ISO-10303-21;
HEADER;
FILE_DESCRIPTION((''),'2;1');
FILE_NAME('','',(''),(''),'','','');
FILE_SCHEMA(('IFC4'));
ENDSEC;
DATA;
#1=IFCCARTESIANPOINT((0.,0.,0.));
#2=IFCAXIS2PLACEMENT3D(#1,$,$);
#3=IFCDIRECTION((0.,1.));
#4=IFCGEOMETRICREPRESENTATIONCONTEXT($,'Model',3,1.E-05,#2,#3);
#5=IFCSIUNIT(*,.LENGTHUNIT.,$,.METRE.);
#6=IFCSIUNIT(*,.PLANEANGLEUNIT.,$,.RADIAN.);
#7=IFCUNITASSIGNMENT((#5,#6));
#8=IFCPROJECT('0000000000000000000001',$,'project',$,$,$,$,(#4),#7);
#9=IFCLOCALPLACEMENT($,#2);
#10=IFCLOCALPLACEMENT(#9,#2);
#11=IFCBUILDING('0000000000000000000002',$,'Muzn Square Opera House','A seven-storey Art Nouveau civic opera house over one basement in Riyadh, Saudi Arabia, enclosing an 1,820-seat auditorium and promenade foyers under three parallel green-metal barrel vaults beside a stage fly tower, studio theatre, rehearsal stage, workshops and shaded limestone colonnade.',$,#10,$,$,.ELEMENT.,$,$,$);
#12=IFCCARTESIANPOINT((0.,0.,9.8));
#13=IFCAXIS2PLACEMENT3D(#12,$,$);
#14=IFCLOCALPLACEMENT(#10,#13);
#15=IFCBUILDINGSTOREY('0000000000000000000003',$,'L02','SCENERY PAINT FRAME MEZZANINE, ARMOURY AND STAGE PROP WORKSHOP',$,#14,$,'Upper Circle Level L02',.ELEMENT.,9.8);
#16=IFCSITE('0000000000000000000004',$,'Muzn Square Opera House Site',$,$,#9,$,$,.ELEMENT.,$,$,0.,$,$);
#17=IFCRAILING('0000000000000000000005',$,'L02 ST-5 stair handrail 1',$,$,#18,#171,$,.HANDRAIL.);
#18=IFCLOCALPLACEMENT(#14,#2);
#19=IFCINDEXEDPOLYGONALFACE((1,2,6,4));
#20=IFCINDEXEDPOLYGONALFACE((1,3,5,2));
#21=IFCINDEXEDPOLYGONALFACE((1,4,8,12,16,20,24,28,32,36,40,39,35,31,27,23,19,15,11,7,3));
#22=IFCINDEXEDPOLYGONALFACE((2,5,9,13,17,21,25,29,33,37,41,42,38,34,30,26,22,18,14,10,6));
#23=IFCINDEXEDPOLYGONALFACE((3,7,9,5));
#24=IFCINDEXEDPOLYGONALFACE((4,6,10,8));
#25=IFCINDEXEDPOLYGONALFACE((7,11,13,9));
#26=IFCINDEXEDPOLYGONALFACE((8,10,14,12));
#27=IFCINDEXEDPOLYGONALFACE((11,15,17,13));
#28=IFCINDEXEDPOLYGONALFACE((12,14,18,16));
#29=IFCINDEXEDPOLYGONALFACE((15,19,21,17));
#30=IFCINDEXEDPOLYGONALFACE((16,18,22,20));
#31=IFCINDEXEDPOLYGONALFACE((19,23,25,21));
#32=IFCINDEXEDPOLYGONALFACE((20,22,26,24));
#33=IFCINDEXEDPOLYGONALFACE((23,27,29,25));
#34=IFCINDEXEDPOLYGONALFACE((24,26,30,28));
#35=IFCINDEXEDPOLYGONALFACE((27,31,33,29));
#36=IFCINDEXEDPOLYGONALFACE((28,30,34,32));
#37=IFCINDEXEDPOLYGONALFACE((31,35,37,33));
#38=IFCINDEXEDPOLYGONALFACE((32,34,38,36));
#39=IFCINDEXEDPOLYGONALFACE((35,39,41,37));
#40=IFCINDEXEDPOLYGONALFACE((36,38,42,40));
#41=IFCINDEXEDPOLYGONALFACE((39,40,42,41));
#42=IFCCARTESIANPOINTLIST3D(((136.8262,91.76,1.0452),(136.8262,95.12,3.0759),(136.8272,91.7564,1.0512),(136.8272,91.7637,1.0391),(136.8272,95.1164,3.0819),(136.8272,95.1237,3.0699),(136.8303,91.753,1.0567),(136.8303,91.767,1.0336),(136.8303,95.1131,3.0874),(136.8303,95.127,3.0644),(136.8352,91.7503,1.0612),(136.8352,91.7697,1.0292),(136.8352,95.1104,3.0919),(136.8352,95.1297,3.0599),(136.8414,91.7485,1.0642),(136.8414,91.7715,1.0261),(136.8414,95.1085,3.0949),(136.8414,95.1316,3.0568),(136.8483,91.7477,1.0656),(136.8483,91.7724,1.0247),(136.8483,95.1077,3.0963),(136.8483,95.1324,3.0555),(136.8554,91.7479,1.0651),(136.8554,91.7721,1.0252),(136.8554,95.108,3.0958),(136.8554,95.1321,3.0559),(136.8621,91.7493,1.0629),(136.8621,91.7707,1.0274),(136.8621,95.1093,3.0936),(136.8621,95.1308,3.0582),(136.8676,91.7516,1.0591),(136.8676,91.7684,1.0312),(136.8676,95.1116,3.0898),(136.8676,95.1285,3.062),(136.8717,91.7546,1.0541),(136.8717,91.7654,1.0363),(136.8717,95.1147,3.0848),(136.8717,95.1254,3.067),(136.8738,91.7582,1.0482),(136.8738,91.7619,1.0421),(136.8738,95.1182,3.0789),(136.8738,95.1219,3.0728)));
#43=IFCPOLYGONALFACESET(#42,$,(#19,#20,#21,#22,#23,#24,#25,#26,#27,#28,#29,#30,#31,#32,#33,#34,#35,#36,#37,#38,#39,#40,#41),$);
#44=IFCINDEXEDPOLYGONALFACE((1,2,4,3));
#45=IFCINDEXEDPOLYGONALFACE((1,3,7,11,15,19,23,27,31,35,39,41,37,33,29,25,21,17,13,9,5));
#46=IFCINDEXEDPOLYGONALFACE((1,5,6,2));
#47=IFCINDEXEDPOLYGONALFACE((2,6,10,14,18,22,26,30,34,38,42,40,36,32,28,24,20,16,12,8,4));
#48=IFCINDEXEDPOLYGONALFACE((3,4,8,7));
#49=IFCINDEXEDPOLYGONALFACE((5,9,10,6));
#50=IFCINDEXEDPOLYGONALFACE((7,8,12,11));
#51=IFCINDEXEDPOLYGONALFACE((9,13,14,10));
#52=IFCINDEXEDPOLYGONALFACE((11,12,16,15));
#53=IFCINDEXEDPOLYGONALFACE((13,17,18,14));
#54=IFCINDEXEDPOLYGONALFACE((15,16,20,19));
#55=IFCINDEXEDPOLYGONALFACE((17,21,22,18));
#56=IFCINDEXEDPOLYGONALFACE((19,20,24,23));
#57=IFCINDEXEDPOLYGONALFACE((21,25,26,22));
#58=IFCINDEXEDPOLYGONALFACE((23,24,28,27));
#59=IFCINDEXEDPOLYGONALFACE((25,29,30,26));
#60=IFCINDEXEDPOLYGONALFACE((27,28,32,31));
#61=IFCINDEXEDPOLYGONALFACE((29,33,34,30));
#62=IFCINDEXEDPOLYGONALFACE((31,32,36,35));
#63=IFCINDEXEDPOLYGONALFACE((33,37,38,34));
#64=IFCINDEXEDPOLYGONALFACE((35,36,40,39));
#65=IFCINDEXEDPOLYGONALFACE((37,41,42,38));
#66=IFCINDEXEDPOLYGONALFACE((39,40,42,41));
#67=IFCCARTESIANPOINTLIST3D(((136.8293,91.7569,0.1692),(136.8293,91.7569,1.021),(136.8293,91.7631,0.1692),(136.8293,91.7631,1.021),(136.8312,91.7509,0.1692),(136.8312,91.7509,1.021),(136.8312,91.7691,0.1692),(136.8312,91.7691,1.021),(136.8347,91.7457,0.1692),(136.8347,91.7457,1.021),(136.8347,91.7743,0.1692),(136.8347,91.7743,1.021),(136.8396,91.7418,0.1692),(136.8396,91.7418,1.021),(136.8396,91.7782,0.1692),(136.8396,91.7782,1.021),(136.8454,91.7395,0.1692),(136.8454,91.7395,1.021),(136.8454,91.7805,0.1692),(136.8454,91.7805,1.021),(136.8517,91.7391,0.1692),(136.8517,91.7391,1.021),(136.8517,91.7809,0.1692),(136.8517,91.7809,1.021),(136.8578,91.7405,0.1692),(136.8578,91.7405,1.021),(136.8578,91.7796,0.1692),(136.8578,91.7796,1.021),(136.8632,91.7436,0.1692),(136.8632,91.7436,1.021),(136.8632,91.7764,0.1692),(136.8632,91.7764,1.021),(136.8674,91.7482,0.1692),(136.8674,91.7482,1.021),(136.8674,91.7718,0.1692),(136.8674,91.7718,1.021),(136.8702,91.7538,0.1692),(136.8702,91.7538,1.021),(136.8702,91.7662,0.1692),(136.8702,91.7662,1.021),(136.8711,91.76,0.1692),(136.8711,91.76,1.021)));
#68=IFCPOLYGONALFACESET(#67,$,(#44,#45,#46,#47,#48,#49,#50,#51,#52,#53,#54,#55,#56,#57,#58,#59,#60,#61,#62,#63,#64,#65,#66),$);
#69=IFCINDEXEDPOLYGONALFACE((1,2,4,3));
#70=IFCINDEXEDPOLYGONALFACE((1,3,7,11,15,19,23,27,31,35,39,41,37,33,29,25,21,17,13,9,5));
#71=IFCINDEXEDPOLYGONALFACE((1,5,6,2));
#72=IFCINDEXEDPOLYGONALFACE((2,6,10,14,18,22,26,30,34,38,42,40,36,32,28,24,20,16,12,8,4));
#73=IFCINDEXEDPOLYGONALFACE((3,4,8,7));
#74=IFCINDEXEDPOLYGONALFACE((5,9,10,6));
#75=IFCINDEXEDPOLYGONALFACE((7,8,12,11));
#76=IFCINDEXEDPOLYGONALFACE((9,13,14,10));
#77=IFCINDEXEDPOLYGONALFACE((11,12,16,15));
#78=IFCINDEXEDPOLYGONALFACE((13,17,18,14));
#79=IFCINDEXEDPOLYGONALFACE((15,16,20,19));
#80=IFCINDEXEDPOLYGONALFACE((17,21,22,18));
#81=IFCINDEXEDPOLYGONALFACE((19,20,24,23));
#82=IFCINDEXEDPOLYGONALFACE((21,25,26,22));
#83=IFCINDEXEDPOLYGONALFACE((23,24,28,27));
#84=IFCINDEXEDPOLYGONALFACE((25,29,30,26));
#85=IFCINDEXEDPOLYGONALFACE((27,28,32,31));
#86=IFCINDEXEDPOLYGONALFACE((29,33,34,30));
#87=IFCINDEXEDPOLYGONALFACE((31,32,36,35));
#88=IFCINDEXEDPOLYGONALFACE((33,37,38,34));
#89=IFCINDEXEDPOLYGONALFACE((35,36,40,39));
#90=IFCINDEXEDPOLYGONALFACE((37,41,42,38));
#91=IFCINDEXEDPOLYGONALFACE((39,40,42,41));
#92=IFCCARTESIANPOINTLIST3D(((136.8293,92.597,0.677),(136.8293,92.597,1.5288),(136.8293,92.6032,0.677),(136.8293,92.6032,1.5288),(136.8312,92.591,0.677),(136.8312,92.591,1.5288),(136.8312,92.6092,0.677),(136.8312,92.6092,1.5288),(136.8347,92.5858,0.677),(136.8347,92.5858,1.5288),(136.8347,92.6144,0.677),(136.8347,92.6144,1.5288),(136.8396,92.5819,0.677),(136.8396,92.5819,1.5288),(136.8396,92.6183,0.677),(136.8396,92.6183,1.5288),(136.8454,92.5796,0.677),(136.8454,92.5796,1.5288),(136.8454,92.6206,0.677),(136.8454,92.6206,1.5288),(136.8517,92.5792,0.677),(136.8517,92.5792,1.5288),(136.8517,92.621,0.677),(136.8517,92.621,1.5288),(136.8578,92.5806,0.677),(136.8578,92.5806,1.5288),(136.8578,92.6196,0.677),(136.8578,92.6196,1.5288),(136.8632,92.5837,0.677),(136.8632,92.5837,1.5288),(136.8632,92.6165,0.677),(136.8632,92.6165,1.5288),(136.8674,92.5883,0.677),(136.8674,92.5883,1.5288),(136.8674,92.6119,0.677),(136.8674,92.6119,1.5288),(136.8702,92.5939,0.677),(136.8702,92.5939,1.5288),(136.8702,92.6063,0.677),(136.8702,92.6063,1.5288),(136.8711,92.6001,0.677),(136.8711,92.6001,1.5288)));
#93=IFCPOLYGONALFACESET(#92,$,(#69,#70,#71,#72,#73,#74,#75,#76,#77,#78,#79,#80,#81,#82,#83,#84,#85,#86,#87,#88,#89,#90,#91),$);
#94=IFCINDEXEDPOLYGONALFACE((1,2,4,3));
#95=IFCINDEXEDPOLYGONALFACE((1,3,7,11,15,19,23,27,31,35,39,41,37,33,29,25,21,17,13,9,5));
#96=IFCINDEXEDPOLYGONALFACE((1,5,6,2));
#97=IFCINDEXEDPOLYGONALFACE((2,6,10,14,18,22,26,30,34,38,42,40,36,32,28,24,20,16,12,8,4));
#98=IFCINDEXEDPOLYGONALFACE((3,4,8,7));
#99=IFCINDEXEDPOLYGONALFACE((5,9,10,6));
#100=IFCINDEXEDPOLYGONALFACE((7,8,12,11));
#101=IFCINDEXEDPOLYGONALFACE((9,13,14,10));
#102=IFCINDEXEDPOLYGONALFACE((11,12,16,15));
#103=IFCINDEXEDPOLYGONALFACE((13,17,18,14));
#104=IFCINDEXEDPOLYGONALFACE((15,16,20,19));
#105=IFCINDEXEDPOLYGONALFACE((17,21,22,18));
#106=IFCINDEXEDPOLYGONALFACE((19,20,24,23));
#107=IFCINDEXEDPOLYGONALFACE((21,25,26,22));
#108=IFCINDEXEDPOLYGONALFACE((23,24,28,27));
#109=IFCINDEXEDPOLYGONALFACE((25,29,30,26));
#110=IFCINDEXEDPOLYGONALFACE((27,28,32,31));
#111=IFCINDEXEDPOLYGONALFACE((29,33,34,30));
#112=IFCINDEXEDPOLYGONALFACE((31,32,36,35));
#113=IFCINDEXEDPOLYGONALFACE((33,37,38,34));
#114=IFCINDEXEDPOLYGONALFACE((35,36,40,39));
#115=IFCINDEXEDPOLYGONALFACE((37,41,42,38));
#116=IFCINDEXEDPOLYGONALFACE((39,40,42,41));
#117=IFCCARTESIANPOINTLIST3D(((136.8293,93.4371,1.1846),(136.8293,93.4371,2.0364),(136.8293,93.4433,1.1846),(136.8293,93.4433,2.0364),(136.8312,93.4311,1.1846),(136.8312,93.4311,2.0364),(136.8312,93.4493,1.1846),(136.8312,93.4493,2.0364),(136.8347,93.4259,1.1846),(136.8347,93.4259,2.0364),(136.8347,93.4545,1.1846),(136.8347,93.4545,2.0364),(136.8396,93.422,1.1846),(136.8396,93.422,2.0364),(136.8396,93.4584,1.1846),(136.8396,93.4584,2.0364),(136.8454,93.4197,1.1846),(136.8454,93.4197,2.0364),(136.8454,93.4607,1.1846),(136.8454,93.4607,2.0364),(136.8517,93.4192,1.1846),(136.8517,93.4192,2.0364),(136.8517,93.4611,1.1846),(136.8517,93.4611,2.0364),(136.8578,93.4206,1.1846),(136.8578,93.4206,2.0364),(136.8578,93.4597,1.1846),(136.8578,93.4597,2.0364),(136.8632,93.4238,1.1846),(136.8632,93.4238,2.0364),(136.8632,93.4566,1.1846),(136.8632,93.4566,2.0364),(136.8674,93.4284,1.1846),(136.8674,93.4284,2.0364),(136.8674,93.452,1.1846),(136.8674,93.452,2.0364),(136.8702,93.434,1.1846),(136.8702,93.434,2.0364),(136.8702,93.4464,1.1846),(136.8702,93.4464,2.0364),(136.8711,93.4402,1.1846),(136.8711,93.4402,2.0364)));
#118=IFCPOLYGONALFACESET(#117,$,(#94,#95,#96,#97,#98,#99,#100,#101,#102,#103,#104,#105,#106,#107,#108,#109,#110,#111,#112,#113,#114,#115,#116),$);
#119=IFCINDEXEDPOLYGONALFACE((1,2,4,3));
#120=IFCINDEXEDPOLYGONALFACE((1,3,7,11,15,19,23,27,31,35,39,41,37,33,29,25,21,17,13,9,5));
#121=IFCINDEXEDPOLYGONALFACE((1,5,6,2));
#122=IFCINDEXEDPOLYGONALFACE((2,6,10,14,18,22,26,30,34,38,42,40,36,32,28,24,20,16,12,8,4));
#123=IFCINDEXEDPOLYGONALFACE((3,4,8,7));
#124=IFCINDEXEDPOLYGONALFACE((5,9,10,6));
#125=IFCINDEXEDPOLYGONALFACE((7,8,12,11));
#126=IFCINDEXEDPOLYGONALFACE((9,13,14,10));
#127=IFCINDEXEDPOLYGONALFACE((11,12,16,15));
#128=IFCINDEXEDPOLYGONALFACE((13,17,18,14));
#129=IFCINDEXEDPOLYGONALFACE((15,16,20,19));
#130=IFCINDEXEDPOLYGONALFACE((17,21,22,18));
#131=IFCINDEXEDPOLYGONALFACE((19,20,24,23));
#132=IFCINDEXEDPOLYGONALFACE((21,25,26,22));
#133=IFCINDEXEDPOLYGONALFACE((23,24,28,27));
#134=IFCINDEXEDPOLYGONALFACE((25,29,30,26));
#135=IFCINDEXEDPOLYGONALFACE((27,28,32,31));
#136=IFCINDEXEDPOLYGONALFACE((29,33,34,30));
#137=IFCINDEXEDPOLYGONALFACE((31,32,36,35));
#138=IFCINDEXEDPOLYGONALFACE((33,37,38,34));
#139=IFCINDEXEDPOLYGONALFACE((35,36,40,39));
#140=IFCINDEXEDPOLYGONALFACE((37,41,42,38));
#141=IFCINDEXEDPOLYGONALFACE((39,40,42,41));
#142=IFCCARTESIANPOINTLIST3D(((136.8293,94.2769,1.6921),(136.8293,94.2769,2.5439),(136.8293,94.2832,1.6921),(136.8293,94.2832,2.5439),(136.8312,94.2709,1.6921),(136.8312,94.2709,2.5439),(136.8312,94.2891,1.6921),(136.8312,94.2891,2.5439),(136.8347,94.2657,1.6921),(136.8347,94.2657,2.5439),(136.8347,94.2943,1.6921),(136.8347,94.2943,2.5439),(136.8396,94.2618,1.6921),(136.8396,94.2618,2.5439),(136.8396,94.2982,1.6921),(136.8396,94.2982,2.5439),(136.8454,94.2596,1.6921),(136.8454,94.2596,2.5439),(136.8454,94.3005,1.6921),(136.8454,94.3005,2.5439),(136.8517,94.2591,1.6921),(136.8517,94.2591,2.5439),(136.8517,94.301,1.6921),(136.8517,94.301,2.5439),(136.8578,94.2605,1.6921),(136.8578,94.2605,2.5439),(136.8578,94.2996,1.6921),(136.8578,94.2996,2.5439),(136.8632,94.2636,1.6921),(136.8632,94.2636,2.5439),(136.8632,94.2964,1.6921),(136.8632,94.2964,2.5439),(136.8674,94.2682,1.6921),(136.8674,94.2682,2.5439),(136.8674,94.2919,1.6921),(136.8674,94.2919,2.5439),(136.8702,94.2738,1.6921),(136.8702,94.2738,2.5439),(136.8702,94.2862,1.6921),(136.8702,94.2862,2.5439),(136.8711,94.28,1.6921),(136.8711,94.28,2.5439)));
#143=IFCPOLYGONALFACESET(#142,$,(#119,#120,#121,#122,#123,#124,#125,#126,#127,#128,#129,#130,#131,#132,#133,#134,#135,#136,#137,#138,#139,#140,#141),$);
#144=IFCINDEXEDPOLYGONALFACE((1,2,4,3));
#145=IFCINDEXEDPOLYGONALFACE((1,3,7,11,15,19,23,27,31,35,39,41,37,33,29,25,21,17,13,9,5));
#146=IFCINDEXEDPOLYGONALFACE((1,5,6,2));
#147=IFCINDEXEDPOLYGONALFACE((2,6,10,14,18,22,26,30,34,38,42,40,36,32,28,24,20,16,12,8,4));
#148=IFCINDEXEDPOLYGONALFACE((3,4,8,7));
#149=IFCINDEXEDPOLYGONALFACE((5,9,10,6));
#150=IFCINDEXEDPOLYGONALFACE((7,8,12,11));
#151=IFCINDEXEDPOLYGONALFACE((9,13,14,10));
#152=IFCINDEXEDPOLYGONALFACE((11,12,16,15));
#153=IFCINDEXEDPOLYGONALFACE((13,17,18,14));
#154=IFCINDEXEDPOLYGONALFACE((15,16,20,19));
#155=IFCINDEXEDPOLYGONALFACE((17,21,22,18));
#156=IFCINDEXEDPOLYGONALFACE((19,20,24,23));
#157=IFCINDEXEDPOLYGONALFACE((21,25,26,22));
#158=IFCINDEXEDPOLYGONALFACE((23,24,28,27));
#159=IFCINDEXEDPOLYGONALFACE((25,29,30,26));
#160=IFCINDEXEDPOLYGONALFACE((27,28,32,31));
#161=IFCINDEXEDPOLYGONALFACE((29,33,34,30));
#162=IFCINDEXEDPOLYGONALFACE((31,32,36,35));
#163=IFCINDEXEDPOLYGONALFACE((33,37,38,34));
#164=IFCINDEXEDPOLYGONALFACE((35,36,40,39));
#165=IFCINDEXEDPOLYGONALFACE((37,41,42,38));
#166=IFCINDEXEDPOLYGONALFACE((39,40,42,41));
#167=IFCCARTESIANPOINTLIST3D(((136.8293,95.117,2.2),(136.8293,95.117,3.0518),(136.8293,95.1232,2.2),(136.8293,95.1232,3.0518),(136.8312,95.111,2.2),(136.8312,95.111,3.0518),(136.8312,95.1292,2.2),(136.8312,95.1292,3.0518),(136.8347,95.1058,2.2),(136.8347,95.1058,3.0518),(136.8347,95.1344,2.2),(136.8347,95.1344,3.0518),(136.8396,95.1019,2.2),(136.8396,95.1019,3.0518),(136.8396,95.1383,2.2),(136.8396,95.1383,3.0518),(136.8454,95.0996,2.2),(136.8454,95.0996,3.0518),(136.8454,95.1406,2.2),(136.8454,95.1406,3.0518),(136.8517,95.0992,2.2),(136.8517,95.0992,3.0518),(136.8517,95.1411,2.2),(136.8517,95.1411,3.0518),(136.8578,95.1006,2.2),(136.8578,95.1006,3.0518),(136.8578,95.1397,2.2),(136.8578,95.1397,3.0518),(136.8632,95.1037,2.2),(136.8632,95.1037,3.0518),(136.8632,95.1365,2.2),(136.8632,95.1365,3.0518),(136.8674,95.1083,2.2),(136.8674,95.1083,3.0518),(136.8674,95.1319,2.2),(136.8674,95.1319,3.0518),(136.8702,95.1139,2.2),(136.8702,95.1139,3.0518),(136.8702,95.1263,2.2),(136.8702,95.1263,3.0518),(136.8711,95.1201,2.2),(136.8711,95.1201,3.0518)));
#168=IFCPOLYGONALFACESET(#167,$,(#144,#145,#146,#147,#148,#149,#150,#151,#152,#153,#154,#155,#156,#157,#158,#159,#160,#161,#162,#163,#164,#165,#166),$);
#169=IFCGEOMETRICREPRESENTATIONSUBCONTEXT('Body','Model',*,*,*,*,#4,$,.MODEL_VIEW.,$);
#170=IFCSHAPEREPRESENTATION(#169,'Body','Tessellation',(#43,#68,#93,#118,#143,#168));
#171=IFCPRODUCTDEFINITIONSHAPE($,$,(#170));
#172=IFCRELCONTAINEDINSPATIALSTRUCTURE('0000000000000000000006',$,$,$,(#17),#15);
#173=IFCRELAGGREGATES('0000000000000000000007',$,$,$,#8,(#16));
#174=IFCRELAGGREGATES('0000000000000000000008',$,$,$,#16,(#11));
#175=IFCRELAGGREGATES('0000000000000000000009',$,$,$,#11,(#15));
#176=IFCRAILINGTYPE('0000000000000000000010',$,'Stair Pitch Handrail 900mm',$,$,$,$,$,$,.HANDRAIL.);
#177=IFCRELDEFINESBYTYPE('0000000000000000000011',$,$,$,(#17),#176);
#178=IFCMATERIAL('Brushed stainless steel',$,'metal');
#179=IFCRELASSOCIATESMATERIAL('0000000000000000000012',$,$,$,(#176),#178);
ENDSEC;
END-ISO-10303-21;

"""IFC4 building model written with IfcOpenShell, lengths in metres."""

from ifc_helpers import new_model, si_unit, direction, frame, origin, origin_2d, place, context, subcontext, project, spatial, circle, extrude, material, type_object, element, save


model = new_model("IFC4")

# Units and contexts
model_context = context("Model", 3, precision=1e-05, world=origin(), true_north=direction((0.0, 1.0)))
body_context = subcontext(model_context, "Body", "Model", "MODEL_VIEW")
ifc_project = project(units=[si_unit("LENGTHUNIT", "METRE"), si_unit("PLANEANGLEUNIT", "RADIAN")], contexts=[model_context])

# Site, building, storey
site_placement = place(None, origin())
site = spatial("IfcSite", under=ifc_project, at=site_placement, Name="Muzn Square Opera House Site", CompositionType="ELEMENT", RefElevation=0.0)
building_placement = place(site_placement, origin())
building = spatial("IfcBuilding", under=site, at=building_placement, Name="Muzn Square Opera House", Description="A seven-storey Art Nouveau civic opera house over one basement in Riyadh, Saudi Arabia, enclosing an 1,820-seat auditorium and promenade foyers under three parallel green-metal barrel vaults beside a stage fly tower, studio theatre, rehearsal stage, workshops and shaded limestone colonnade.", CompositionType="ELEMENT")
storey_placement = place(building_placement, frame((0.0, 0.0, 9.8)))
storey = spatial("IfcBuildingStorey", under=building, at=storey_placement, Name="L02", Description="SCENERY PAINT FRAME MEZZANINE, ARMOURY AND STAGE PROP WORKSHOP", LongName="Upper Circle Level L02", CompositionType="ELEMENT", Elevation=9.8)

# Railing
ifc_material_1 = material(Name="Brushed stainless steel", Category="metal")
railing_type_1 = type_object("IfcRailingType", Name="Stair Pitch Handrail 900mm", PredefinedType="HANDRAIL", material=ifc_material_1)
railing_1_placement = place(storey_placement, frame((136.8501, 91.76, 0.1692)))
element("IfcRailing", 1, at=railing_1_placement, inside=storey, type_object=railing_type_1, Name="L02 ST-5 stair handrail 1", PredefinedType="HANDRAIL", context=body_context, shape_type="SweptSolid", body=[
    extrude(circle(Radius=0.0239, at=origin_2d()), frame((0.0, 0.0, 0.876), z_axis=(0.0, 0.855837, 0.517246), x_axis=(-1.0, 0.0, 0.0)), (0.0, 0.0, 1.0), 3.926),
    extrude(circle(Radius=0.021, at=origin_2d()), origin(), (0.0, 0.0, 1.0), 0.8518),
    extrude(circle(Radius=0.021, at=origin_2d()), frame((0.0, 0.8401, 0.5078)), (0.0, 0.0, 1.0), 0.8518),
    extrude(circle(Radius=0.021, at=origin_2d()), frame((0.0, 1.6802, 1.0154)), (0.0, 0.0, 1.0), 0.8518),
    extrude(circle(Radius=0.021, at=origin_2d()), frame((0.0, 2.52, 1.5229)), (0.0, 0.0, 1.0), 0.8518),
    extrude(circle(Radius=0.021, at=origin_2d()), frame((0.0, 3.3601, 2.0308)), (0.0, 0.0, 1.0), 0.8518),
])

save(model, "model.ifc")
